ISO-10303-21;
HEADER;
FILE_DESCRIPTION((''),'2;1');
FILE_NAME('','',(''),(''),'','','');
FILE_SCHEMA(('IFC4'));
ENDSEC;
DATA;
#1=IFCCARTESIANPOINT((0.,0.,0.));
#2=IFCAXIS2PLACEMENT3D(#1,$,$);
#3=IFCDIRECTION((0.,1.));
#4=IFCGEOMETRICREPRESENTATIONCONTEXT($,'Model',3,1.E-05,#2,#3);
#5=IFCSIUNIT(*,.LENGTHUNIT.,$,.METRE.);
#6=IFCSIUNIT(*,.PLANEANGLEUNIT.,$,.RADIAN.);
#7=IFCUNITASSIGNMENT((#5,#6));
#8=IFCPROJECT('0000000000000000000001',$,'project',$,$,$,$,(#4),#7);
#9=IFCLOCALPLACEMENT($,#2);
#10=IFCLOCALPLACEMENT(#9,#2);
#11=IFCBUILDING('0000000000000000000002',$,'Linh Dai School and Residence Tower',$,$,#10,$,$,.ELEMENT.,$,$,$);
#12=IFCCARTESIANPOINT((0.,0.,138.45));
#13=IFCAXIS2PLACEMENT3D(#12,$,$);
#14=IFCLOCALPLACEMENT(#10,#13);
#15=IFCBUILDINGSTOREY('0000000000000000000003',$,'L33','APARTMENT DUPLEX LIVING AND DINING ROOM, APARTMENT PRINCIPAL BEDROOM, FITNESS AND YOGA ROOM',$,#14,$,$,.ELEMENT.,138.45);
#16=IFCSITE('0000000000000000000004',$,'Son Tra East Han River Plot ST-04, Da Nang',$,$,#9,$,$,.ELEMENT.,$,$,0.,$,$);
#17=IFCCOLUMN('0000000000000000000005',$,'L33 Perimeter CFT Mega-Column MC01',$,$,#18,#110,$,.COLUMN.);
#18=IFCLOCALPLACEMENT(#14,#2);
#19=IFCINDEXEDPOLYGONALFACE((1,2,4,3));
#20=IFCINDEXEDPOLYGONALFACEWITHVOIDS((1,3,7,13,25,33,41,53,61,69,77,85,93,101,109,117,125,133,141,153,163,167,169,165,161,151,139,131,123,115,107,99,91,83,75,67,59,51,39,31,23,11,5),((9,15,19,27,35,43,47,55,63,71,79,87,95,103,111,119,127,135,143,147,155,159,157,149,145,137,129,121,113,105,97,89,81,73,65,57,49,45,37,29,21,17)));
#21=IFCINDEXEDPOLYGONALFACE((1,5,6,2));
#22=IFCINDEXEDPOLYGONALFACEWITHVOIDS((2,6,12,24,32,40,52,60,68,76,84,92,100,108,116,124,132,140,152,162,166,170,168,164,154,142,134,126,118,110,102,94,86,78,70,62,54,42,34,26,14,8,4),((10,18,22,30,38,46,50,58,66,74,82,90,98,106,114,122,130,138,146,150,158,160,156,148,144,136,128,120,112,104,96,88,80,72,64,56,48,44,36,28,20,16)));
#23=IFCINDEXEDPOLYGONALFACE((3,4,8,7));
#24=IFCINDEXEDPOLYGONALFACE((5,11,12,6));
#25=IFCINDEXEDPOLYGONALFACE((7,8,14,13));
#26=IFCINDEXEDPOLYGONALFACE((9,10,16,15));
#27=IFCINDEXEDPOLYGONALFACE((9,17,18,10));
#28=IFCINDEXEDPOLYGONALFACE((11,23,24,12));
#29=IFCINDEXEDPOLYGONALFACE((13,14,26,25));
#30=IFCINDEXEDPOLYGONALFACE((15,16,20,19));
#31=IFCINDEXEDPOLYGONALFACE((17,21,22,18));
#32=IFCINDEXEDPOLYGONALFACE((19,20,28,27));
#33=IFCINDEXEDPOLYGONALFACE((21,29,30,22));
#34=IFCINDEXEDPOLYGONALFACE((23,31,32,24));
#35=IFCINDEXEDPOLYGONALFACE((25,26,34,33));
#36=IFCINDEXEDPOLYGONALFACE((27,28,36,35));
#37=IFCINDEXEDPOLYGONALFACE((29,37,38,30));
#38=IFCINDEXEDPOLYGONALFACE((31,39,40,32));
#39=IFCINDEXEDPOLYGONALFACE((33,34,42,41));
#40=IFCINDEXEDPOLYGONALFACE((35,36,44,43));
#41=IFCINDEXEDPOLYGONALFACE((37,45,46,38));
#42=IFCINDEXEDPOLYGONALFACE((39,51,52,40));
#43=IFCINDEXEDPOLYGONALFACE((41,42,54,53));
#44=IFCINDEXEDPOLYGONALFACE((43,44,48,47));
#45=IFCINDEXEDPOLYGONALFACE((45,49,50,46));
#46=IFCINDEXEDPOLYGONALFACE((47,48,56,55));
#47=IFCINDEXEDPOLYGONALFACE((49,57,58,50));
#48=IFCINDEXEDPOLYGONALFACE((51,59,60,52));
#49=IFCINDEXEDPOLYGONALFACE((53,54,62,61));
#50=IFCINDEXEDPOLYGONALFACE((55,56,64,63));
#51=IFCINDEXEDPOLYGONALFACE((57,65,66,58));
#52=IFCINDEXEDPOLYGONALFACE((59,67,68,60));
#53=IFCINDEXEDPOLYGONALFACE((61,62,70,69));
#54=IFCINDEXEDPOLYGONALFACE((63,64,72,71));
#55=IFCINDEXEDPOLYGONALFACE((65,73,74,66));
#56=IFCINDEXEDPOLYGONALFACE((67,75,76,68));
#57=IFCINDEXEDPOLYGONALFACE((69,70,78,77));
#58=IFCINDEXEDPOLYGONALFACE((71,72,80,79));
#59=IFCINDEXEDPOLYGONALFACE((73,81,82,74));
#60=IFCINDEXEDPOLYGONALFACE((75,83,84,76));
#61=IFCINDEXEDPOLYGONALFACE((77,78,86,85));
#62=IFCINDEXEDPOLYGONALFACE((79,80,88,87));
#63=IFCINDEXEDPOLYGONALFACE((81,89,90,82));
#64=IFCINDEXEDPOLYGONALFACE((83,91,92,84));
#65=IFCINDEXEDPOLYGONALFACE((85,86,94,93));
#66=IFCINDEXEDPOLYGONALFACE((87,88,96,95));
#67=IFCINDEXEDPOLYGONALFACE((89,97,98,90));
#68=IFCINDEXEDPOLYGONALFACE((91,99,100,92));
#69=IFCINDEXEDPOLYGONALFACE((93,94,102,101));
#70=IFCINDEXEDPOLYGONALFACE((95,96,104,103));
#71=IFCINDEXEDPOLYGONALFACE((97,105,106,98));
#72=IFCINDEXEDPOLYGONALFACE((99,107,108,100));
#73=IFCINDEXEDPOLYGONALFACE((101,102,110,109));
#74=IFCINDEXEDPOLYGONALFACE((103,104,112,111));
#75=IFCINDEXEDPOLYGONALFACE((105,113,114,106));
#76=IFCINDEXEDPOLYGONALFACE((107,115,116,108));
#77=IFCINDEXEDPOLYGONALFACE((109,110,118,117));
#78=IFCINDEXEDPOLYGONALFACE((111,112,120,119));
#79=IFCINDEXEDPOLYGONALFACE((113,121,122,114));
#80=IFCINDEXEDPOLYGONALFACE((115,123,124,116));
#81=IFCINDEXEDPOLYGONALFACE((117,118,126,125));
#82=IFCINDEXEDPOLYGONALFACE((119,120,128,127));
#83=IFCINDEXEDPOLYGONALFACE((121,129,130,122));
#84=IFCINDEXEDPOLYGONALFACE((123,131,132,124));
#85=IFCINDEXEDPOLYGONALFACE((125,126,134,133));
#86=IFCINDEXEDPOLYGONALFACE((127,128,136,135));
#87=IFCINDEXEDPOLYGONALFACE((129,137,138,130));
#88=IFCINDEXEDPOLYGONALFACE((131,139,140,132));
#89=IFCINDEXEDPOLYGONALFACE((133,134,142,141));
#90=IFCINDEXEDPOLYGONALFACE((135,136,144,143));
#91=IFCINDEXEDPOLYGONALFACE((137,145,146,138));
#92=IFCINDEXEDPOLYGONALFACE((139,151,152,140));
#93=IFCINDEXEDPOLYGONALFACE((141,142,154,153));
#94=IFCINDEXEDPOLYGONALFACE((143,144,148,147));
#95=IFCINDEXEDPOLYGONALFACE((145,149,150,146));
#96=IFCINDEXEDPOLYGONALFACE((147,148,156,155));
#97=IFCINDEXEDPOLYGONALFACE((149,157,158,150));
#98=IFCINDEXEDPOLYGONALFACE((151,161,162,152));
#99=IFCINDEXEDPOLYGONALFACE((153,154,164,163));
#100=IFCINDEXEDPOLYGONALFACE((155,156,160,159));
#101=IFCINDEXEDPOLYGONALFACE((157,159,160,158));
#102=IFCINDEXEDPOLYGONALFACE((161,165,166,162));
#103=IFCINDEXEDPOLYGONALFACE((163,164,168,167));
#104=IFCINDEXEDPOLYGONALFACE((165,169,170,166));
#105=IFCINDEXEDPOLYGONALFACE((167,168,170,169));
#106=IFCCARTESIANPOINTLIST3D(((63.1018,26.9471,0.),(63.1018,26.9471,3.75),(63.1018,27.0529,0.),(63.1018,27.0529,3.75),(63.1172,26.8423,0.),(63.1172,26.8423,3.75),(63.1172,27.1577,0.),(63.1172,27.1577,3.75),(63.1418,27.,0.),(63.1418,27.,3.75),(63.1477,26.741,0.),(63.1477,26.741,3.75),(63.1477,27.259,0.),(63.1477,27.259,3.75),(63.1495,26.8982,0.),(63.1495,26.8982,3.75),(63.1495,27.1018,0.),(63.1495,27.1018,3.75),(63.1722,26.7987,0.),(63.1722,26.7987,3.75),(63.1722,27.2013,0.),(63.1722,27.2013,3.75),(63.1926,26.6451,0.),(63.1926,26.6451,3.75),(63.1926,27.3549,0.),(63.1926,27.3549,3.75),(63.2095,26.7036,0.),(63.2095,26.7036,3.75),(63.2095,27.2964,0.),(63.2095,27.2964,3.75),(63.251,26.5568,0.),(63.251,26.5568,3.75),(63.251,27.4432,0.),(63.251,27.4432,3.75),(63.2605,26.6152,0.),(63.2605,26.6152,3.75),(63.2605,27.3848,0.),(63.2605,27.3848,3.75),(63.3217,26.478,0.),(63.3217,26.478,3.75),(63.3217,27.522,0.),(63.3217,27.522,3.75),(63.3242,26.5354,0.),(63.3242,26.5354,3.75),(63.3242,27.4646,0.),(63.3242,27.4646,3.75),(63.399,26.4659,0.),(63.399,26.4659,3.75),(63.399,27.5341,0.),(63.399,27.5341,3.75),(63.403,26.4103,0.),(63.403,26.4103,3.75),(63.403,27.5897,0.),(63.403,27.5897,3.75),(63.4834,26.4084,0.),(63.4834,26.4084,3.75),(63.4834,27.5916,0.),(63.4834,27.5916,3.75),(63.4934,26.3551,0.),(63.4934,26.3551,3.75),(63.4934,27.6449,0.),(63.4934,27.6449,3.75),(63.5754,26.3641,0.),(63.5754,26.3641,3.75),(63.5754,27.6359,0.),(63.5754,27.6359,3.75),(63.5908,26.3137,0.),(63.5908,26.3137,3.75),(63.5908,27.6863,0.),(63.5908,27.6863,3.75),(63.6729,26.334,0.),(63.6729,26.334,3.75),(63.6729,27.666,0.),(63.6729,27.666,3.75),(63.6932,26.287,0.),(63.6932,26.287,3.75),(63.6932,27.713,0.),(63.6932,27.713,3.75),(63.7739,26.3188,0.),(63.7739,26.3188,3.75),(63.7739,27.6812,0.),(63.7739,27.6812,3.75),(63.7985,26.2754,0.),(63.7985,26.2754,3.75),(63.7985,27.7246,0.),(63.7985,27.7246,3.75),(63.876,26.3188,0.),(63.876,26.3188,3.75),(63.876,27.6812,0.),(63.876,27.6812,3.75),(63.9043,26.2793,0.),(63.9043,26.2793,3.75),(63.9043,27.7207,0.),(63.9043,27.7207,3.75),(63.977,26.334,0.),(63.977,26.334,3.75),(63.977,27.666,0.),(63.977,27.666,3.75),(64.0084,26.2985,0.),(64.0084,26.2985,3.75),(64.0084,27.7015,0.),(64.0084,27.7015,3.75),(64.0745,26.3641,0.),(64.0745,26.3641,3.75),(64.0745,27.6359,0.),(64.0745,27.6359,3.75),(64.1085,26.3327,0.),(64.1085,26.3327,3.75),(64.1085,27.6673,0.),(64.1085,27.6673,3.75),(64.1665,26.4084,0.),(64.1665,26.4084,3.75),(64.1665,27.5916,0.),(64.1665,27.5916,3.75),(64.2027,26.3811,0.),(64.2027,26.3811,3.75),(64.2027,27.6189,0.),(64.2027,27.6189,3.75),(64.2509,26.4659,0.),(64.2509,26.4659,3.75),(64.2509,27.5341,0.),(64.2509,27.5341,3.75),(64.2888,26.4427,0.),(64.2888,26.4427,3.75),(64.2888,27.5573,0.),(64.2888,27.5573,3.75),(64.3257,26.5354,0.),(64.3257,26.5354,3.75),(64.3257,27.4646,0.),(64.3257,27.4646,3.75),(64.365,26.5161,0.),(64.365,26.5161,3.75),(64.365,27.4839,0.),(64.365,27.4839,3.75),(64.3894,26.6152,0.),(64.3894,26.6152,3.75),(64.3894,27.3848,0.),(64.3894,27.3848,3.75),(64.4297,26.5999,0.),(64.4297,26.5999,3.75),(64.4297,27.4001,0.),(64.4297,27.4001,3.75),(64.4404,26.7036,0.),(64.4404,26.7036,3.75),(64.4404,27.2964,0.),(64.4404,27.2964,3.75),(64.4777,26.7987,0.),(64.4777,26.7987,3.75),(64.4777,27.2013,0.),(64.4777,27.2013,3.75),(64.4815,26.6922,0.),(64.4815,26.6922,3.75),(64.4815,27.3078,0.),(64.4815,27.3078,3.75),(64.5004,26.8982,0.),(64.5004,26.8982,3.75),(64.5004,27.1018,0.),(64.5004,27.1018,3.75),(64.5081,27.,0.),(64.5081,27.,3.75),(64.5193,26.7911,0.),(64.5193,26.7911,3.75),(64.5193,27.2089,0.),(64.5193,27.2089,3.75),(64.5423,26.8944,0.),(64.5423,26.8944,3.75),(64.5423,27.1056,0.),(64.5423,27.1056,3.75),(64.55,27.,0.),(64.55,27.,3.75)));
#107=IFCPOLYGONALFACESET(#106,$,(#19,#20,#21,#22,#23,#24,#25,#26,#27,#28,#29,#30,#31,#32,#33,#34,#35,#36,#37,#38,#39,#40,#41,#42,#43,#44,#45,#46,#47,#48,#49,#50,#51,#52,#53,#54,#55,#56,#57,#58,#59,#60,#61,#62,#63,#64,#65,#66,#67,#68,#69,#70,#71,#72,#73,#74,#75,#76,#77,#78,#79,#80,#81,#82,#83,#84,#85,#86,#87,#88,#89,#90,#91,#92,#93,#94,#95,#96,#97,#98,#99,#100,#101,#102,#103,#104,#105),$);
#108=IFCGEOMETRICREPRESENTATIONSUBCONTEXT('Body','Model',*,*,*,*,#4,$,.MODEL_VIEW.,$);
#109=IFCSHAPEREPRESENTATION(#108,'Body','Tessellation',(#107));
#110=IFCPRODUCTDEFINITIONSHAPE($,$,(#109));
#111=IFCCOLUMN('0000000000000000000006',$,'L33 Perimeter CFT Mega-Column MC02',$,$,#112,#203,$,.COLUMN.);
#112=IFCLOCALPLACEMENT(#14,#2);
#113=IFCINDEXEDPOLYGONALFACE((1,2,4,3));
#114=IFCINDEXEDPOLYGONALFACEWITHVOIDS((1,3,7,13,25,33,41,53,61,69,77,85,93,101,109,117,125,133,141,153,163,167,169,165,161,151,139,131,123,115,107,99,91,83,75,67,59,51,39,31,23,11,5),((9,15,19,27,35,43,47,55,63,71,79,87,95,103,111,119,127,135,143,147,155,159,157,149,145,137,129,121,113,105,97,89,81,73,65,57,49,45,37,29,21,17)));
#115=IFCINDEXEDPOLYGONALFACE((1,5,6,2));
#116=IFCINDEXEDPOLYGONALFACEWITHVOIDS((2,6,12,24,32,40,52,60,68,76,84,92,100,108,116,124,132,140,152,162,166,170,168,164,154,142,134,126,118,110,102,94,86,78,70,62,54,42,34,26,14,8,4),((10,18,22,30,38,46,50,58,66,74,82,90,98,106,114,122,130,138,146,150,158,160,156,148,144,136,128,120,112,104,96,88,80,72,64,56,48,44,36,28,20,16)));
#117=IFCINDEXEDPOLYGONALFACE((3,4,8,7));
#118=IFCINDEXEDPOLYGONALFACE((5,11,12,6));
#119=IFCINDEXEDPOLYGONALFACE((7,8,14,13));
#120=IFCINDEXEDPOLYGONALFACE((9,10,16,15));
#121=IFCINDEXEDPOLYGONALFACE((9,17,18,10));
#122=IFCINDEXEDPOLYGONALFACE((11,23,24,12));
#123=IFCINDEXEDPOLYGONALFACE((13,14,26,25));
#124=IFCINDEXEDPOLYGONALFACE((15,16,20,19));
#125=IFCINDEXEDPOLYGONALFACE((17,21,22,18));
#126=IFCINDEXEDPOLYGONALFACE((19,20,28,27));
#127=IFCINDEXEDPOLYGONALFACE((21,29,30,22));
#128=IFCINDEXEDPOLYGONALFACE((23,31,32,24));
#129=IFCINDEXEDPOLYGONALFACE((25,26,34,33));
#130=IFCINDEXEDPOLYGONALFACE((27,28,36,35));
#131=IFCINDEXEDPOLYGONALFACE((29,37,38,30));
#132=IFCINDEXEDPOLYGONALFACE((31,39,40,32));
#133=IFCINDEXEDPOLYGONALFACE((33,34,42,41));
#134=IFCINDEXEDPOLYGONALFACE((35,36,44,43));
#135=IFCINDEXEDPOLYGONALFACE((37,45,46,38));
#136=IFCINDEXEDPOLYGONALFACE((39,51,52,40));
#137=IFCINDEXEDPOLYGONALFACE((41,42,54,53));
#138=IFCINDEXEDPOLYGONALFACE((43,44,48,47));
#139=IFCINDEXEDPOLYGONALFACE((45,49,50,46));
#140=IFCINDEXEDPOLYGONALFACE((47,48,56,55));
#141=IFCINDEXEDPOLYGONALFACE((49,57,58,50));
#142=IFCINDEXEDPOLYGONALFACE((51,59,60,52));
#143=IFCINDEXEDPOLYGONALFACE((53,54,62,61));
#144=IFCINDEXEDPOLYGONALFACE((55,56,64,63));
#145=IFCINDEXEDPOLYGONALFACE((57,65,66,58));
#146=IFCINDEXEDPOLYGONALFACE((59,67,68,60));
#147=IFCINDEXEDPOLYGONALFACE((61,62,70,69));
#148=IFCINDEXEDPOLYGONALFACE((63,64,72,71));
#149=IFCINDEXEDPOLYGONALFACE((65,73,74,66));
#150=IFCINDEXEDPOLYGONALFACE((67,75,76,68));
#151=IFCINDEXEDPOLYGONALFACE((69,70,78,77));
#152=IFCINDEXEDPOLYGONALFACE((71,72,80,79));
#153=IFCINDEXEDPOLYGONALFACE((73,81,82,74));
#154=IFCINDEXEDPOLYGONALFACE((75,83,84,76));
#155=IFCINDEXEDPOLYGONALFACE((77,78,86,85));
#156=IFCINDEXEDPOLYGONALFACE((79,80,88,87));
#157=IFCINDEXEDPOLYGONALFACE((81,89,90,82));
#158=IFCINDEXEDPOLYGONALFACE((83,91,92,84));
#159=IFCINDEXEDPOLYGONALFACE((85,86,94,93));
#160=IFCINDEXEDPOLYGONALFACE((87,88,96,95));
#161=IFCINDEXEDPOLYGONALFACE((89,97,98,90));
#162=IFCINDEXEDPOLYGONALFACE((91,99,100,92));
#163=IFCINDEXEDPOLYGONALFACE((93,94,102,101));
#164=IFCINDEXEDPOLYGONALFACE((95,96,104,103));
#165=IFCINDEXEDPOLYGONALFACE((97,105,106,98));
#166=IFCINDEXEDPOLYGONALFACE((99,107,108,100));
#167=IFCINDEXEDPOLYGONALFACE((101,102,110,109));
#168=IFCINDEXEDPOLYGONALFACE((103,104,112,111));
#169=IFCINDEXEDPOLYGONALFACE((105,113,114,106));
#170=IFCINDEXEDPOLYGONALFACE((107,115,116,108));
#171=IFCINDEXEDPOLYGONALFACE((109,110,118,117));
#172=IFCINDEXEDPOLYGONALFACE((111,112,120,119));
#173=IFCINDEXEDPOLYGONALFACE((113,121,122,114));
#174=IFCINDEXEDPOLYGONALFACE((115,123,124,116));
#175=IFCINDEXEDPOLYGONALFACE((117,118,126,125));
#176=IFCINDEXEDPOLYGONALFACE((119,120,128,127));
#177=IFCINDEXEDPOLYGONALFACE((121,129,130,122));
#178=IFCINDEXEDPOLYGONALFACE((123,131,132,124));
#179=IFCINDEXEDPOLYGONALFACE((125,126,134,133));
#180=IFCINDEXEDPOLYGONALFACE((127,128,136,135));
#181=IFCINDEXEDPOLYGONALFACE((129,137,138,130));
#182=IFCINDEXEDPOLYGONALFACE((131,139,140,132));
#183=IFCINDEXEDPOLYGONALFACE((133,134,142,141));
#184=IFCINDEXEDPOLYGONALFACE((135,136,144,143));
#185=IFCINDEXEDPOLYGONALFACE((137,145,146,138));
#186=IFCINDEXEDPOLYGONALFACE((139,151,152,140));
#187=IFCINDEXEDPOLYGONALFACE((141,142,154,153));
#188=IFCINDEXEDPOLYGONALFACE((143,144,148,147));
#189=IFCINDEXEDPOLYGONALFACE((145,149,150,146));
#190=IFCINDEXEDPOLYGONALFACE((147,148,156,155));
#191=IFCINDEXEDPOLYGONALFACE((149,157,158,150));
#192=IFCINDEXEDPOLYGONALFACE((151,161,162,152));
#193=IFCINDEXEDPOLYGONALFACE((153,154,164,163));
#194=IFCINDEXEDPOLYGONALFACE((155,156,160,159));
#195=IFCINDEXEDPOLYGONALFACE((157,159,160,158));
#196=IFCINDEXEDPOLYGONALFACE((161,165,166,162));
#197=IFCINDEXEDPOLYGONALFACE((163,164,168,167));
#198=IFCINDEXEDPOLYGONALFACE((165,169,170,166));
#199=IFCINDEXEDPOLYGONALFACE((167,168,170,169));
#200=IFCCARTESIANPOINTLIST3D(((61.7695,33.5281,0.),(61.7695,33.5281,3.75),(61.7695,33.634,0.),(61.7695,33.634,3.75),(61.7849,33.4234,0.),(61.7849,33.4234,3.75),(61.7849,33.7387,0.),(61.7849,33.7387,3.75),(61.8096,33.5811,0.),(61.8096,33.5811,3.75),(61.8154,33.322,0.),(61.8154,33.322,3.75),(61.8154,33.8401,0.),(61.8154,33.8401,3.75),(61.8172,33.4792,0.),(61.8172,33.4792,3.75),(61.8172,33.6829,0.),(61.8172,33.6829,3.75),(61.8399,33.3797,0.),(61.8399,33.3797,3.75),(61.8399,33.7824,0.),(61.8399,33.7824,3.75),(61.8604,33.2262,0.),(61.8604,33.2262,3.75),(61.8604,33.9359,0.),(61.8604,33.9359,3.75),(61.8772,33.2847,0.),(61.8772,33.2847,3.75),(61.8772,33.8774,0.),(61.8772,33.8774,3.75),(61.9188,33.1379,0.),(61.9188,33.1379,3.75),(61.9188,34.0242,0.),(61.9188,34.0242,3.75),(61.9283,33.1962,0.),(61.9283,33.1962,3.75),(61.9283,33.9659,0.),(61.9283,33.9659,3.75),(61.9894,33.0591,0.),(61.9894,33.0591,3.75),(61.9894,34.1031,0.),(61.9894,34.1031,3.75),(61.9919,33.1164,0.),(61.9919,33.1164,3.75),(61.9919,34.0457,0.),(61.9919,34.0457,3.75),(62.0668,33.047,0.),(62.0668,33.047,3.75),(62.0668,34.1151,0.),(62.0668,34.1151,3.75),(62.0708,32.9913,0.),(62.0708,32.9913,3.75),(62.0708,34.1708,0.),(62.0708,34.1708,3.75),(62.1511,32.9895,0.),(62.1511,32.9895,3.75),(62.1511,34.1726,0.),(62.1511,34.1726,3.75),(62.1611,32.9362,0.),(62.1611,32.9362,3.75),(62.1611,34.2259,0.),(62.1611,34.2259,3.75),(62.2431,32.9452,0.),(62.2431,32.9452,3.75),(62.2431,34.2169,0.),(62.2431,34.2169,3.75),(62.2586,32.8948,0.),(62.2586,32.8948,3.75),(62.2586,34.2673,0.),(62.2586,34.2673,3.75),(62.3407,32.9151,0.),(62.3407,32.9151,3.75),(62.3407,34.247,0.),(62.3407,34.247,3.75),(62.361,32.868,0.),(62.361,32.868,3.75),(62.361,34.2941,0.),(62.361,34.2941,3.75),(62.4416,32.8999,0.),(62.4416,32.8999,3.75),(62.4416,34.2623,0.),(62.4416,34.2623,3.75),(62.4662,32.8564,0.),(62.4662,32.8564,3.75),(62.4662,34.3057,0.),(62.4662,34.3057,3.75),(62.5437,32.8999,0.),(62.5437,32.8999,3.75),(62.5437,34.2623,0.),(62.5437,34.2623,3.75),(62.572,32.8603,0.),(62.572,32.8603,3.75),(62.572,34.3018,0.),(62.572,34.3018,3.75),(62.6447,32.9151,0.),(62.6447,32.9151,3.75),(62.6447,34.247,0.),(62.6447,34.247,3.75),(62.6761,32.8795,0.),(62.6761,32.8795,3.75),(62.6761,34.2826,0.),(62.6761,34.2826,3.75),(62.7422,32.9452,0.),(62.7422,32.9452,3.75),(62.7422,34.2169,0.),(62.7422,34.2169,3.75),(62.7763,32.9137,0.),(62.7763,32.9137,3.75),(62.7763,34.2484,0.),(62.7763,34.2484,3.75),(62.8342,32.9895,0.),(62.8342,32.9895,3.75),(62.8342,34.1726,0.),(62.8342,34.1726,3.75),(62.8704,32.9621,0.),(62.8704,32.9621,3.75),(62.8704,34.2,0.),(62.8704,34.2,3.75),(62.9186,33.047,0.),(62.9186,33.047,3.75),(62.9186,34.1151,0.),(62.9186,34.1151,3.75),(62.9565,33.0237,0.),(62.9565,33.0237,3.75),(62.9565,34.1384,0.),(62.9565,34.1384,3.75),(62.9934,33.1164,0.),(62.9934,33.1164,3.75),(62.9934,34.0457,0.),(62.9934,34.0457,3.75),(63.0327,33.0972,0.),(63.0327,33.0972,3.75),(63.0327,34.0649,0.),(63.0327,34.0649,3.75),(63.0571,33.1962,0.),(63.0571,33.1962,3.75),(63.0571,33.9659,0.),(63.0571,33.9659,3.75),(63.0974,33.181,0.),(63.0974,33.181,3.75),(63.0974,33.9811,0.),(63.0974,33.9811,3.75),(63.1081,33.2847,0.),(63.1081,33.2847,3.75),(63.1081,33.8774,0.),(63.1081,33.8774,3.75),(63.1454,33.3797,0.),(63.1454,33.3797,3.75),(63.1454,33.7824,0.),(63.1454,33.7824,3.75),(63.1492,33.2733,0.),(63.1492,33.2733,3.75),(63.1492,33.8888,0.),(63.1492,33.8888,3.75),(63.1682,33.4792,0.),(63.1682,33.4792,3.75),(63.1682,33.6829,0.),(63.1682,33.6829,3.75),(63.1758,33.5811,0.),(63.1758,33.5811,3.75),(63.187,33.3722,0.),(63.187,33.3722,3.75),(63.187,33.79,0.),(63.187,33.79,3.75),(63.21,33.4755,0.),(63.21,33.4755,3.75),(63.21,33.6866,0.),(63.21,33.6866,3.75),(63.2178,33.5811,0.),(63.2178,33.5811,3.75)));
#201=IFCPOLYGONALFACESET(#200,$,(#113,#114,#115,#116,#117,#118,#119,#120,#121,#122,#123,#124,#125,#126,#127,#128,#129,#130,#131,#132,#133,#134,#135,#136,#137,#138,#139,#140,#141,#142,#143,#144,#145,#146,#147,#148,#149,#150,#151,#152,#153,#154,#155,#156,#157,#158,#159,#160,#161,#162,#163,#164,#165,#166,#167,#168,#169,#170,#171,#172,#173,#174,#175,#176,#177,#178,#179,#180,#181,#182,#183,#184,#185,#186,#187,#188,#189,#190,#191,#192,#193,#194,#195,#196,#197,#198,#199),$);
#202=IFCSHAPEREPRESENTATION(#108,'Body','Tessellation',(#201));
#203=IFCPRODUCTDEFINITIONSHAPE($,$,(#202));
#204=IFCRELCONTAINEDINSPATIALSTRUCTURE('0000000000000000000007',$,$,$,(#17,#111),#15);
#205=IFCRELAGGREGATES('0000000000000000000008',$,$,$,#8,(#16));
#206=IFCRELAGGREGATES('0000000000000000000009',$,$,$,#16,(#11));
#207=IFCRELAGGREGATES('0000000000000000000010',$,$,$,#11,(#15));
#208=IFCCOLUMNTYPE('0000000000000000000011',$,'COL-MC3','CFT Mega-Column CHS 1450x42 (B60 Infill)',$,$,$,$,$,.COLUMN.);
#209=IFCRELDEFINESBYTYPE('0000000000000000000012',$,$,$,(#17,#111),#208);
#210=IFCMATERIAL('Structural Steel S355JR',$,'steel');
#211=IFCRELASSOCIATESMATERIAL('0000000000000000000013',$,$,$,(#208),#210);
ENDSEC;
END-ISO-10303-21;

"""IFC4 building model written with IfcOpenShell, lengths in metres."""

from ifc_helpers import new_model, si_unit, direction, frame, origin, origin_2d, place, context, subcontext, project, spatial, hollow_circle, extrude, material, material_profile, profile_set, type_object, element, save


model = new_model("IFC4")

# Units and contexts
model_context = context("Model", 3, precision=1e-05, world=origin(), true_north=direction((0.0, 1.0)))
body_context = subcontext(model_context, "Body", "Model", "MODEL_VIEW")
ifc_project = project(units=[si_unit("LENGTHUNIT", "METRE"), si_unit("PLANEANGLEUNIT", "RADIAN")], contexts=[model_context])

# Site, building, storey
site_placement = place(None, origin())
site = spatial("IfcSite", under=ifc_project, at=site_placement, Name="Son Tra East Han River Plot ST-04, Da Nang", CompositionType="ELEMENT", RefElevation=0.0)
building_placement = place(site_placement, origin())
building = spatial("IfcBuilding", under=site, at=building_placement, Name="Linh Dai School and Residence Tower", CompositionType="ELEMENT")
storey_placement = place(building_placement, frame((0.0, 0.0, 138.45)))
storey = spatial("IfcBuildingStorey", under=building, at=storey_placement, Name="L33", Description="APARTMENT DUPLEX LIVING AND DINING ROOM, APARTMENT PRINCIPAL BEDROOM, FITNESS AND YOGA ROOM", CompositionType="ELEMENT", Elevation=138.45)

# Columns
ifc_material_1 = material(Name="Structural Steel S355JR", Category="steel")
ifc_material_profile_1 = material_profile(ifc_material_1, hollow_circle(Radius=0.7251, WallThickness=0.042, at=origin_2d()), Name="CHS 1450x42")
ifc_profile_set_1 = profile_set([ifc_material_profile_1], Name="Structural Steel S355JR")
column_type = type_object("IfcColumnType", Name="COL-MC3", Description="CFT Mega-Column CHS 1450x42 (B60 Infill)", PredefinedType="COLUMN", material=ifc_profile_set_1)
for number, where, z_axis, x_axis, name in (
    (1, (63.825, 27.0, 0.0), (0.0, 0.0, 1.0), (1.0, 0.0, 0.0), "L33 Perimeter CFT Mega-Column MC01"),
    (2, (62.4927, 33.5811, 0.0), (0.0, 0.0, 1.0), (1.0, 0.0, 0.0), "L33 Perimeter CFT Mega-Column MC02"),
):
    element("IfcColumn", number, at=place(storey_placement, frame(where, z_axis=z_axis, x_axis=x_axis)), inside=storey, type_object=column_type, Name=name, PredefinedType="COLUMN", context=body_context, shape_type="SweptSolid", body=[
        extrude(hollow_circle(Radius=0.7251, WallThickness=0.042, at=origin_2d()), origin(), (0.0, 0.0, 1.0), 3.75),
    ])

save(model, "model.ifc")
